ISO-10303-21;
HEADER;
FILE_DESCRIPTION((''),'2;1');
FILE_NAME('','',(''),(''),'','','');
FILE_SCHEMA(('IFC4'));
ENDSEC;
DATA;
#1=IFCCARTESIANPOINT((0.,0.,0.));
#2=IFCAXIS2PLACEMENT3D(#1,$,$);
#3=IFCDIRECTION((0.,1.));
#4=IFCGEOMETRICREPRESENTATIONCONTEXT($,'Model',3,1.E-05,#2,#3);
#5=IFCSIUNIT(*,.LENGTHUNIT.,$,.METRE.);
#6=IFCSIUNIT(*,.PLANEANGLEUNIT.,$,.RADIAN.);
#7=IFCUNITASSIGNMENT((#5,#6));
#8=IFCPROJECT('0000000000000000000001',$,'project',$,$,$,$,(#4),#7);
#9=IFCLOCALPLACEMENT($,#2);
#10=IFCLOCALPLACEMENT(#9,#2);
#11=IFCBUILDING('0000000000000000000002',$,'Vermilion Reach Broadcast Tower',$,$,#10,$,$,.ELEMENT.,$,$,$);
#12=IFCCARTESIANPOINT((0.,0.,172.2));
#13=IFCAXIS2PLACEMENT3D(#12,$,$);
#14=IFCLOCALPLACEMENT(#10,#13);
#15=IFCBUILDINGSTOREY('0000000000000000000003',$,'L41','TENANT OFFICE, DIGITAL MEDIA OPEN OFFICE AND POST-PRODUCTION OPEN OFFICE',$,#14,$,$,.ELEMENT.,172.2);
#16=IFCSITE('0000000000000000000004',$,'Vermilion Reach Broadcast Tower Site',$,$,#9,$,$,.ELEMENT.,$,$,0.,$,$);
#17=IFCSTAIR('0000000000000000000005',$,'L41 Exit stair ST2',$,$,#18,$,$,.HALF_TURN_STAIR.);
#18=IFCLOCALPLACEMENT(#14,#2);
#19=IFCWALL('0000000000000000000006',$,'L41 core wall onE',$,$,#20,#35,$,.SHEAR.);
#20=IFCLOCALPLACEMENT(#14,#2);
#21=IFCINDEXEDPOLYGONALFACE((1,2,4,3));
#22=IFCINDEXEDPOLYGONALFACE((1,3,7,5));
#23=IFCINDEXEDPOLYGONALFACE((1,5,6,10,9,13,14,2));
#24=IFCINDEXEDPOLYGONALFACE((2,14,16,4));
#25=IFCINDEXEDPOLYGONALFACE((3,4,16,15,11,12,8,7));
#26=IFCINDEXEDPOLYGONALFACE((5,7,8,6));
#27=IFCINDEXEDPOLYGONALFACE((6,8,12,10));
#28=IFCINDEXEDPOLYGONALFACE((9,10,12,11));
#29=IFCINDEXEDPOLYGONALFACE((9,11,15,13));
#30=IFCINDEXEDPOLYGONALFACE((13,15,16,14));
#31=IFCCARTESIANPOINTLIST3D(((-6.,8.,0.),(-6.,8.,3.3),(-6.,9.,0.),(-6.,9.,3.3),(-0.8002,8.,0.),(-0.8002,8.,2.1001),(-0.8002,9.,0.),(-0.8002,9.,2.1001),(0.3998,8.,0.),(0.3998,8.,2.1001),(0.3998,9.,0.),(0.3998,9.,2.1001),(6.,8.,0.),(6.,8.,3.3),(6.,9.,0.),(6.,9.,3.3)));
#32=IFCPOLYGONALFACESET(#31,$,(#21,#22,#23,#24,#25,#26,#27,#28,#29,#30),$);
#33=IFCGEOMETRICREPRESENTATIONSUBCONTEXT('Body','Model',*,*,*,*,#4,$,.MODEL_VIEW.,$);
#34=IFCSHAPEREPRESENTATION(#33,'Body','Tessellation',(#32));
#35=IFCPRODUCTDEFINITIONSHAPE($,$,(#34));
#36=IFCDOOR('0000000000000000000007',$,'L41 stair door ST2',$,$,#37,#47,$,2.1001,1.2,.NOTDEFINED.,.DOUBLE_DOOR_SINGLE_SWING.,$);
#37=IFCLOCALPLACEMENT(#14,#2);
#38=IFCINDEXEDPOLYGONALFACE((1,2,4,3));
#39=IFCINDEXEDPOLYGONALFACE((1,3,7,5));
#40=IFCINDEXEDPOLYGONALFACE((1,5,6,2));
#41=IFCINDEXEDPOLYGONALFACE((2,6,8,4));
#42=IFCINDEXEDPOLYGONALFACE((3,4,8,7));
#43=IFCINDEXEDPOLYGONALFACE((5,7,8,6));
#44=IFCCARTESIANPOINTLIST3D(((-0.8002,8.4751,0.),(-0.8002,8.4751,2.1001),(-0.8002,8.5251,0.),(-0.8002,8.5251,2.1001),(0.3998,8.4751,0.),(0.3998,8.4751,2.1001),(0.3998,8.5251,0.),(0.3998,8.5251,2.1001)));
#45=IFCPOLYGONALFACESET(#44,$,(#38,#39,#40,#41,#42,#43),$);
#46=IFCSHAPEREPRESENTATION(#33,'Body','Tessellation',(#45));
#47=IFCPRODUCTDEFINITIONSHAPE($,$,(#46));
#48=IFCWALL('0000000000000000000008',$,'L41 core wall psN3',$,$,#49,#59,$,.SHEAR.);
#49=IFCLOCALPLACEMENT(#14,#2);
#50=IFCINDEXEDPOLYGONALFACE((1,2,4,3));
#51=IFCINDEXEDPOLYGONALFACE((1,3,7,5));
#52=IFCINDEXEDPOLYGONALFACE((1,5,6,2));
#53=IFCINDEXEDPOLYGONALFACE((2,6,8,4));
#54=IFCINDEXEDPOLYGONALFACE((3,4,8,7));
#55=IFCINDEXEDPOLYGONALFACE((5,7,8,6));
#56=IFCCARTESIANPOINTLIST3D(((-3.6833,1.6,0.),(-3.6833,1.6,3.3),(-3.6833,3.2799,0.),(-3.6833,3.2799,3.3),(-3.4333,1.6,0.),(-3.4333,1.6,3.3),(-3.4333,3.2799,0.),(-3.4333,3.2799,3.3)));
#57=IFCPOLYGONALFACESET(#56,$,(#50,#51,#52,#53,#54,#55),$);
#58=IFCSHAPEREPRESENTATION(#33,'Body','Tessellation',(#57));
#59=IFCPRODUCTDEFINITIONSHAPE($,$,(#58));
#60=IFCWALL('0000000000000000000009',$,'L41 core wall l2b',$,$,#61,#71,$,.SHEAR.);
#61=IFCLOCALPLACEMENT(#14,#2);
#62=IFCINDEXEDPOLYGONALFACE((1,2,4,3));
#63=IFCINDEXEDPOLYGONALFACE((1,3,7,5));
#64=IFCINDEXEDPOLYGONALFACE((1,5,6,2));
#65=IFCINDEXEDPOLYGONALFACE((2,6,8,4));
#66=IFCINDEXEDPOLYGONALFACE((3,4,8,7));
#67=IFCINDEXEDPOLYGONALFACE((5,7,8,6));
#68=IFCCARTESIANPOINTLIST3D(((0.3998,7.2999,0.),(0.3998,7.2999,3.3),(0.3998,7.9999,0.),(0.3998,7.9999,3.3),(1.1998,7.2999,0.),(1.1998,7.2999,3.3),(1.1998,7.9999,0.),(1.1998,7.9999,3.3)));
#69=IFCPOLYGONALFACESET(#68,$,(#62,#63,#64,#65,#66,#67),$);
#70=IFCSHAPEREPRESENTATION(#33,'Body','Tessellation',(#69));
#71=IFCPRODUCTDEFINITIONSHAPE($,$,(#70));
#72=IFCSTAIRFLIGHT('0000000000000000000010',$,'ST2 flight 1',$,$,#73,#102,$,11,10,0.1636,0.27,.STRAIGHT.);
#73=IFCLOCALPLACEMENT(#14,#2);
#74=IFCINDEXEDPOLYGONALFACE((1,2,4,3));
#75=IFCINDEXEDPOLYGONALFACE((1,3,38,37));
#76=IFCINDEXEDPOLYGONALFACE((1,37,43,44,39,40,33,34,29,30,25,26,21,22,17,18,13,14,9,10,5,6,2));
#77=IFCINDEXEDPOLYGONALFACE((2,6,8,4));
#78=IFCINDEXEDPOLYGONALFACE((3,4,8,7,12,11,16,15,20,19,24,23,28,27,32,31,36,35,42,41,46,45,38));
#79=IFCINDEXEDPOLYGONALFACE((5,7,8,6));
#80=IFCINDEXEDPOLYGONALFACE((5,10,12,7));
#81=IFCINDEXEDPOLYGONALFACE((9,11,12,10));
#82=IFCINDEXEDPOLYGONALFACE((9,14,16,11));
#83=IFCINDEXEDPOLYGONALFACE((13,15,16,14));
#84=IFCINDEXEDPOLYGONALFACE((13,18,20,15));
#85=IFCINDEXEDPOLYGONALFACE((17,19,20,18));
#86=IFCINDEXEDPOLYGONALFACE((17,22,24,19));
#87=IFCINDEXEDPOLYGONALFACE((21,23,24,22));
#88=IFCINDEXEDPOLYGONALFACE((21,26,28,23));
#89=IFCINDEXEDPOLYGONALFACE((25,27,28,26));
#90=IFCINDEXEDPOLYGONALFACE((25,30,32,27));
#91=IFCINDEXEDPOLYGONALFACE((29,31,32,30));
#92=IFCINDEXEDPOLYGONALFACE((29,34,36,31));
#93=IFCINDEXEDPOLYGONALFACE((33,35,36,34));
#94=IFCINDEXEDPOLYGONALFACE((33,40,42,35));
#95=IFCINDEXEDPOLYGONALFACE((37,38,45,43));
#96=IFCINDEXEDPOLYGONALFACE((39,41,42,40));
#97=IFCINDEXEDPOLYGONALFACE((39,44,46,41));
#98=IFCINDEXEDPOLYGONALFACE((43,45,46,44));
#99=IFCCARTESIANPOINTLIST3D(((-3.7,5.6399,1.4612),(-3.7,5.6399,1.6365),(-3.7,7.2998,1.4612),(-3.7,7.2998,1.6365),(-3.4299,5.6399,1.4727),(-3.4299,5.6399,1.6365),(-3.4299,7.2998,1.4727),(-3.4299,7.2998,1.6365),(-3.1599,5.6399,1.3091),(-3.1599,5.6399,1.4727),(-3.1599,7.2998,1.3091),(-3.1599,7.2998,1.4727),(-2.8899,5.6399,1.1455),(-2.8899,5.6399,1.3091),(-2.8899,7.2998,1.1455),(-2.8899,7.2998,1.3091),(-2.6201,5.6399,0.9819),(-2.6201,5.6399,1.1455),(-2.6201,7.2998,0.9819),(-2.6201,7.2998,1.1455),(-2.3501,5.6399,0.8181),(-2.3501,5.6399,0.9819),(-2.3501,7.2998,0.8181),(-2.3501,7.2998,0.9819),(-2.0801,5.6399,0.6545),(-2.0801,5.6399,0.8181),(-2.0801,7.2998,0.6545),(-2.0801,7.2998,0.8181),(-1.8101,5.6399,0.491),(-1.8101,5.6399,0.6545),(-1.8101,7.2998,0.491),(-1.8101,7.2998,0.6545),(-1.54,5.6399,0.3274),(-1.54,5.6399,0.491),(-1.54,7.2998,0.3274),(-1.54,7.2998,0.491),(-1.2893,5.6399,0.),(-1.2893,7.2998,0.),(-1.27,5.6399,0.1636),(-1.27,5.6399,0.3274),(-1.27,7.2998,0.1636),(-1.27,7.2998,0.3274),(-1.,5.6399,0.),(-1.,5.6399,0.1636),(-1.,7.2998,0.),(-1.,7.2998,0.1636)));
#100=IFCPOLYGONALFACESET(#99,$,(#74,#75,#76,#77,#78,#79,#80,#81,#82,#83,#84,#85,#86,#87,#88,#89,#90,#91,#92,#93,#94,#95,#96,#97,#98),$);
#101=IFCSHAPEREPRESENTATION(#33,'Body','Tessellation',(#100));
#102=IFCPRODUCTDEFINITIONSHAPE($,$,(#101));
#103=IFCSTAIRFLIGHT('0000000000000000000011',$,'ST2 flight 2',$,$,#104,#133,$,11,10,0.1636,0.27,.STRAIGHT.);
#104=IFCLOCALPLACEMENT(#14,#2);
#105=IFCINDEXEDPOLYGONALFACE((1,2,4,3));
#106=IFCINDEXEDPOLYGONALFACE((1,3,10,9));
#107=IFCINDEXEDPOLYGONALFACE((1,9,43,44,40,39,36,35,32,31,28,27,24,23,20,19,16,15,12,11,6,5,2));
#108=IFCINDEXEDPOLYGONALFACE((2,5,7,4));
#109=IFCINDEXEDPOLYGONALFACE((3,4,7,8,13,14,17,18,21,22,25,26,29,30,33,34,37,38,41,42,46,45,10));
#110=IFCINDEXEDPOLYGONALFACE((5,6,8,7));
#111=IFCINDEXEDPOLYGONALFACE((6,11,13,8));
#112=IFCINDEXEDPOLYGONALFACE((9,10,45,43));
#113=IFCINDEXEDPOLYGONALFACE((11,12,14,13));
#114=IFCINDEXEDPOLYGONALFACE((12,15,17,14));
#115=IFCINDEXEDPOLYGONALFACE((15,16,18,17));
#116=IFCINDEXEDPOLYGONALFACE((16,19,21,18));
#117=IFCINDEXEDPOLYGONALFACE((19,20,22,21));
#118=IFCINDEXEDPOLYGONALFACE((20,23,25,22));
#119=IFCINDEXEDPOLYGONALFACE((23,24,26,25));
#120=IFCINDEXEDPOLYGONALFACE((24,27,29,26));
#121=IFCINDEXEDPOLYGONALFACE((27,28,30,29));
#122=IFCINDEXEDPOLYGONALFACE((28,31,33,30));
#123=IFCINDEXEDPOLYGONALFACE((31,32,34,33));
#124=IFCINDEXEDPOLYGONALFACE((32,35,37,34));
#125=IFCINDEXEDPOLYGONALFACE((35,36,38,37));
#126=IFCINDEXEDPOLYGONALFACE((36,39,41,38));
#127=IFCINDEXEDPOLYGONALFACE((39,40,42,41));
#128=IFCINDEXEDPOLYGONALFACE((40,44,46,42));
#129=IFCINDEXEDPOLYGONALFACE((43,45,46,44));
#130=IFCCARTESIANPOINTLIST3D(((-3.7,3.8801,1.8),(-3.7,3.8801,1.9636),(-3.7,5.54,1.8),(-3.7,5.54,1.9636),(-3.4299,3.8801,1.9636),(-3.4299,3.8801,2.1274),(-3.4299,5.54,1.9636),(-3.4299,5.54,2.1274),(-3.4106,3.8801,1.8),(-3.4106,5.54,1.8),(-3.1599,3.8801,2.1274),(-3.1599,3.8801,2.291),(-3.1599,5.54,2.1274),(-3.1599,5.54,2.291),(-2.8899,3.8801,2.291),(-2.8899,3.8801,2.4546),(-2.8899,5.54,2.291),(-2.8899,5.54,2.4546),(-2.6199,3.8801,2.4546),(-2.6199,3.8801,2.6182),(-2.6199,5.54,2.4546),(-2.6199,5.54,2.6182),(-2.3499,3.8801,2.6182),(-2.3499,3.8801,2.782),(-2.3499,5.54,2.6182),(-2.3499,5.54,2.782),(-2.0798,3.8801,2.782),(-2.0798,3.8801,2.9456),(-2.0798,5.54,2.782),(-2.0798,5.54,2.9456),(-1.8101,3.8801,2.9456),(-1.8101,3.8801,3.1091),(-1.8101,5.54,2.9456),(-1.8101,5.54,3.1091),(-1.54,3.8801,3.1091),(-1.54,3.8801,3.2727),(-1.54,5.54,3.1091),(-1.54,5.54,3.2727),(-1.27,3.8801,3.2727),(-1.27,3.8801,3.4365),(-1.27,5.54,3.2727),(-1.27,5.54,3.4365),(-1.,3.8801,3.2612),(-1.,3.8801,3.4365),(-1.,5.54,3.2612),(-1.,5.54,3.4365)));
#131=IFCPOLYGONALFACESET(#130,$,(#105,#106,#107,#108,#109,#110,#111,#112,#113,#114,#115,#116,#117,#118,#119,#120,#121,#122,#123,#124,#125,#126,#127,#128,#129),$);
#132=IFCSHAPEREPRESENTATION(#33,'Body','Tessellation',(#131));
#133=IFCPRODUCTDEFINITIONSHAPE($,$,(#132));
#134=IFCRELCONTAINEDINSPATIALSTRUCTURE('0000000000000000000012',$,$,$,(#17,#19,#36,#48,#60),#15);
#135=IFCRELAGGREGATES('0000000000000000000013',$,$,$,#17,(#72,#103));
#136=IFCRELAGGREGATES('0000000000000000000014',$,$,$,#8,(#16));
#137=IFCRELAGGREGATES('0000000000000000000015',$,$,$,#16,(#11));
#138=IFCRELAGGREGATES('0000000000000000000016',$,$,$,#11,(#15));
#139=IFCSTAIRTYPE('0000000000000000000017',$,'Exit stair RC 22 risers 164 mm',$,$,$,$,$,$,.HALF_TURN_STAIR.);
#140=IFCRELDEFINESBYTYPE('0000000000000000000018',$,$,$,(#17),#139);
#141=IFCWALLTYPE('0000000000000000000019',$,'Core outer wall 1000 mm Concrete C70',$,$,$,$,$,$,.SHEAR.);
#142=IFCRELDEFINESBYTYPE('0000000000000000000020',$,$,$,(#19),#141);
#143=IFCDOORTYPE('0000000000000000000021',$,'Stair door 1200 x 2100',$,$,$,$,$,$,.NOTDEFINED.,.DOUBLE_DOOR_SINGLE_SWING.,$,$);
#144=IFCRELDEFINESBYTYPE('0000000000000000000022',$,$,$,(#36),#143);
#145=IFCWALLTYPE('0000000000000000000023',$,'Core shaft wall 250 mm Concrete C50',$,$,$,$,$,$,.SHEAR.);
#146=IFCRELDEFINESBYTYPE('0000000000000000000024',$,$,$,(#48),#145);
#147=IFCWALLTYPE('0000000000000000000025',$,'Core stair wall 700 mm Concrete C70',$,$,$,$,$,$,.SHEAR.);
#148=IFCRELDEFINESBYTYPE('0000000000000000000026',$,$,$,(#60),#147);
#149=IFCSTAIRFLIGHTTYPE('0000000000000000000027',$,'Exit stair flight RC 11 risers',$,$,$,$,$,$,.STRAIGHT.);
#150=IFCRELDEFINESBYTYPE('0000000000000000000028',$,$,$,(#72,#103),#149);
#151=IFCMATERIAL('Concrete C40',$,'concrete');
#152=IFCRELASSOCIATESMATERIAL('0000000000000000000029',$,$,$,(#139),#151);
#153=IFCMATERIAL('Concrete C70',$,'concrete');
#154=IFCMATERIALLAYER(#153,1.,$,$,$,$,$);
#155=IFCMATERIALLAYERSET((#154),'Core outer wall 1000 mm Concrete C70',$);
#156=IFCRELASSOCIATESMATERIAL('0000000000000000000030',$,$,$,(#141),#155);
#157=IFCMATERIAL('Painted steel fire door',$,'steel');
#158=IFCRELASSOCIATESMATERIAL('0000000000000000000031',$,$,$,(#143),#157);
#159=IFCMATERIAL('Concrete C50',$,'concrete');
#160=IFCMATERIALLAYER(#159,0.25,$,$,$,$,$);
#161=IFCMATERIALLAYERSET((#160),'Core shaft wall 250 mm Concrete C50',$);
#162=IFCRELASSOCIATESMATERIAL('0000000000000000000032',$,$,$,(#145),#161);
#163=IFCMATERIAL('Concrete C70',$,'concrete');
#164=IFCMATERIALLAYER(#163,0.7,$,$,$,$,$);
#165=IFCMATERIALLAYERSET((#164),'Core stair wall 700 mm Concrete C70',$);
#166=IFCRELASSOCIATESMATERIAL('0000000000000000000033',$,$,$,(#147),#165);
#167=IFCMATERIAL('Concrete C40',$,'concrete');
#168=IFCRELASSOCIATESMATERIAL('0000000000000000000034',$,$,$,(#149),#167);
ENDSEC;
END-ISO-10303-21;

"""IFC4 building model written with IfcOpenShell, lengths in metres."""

from ifc_helpers import new_model, si_unit, direction, frame, frame_2d, origin, place, context, subcontext, project, spatial, polyline, rectangle, outline, extrude, material, layer, layer_set, type_object, element, fill, aggregate, save


model = new_model("IFC4")

# Units and contexts
model_context = context("Model", 3, precision=1e-05, world=origin(), true_north=direction((0.0, 1.0)))
body_context = subcontext(model_context, "Body", "Model", "MODEL_VIEW")
ifc_project = project(units=[si_unit("LENGTHUNIT", "METRE"), si_unit("PLANEANGLEUNIT", "RADIAN")], contexts=[model_context])

# Site, building, storey
site_placement = place(None, origin())
site = spatial("IfcSite", under=ifc_project, at=site_placement, Name="Vermilion Reach Broadcast Tower Site", CompositionType="ELEMENT", RefElevation=0.0)
building_placement = place(site_placement, origin())
building = spatial("IfcBuilding", under=site, at=building_placement, Name="Vermilion Reach Broadcast Tower", CompositionType="ELEMENT")
storey_placement = place(building_placement, frame((0.0, 0.0, 172.2)))
storey = spatial("IfcBuildingStorey", under=building, at=storey_placement, Name="L41", Description="TENANT OFFICE, DIGITAL MEDIA OPEN OFFICE AND POST-PRODUCTION OPEN OFFICE", CompositionType="ELEMENT", Elevation=172.2)

# Stair
ifc_material_1 = material(Name="Concrete C40", Category="concrete")
stair_type = type_object("IfcStairType", Name="Exit stair RC 22 risers 164 mm", PredefinedType="HALF_TURN_STAIR", material=ifc_material_1)
placement_1 = place(storey_placement, origin())
stair_1 = element("IfcStair", 1, at=placement_1, inside=storey, type_object=stair_type, Name="L41 Exit stair ST2", PredefinedType="HALF_TURN_STAIR")

# Wall, opening, door
ifc_material_2 = material(Name="Concrete C70", Category="concrete")
ifc_layer_1 = layer(ifc_material_2, 1.0)
ifc_layer_set_1 = layer_set([ifc_layer_1], Name="Core outer wall 1000 mm Concrete C70")
wall_type_1 = type_object("IfcWallType", Name="Core outer wall 1000 mm Concrete C70", PredefinedType="SHEAR", material=ifc_layer_set_1)
wall_1_placement = place(storey_placement, frame((6.0, 8.5, 0.0), z_axis=(0.0, 0.0, 1.0), x_axis=(-1.0, 0.0, 0.0)))
wall_1 = element("IfcWall", 2, at=wall_1_placement, inside=storey, type_object=wall_type_1, Name="L41 core wall onE", PredefinedType="SHEAR", context=body_context, shape_type="SweptSolid", body=[
    extrude(rectangle(XDim=12.0, YDim=1.0, at=frame_2d((6.0, 0.0))), origin(), (0.0, 0.0, 1.0), 3.3),
])
opening_placement = place(wall_1_placement, frame((5.6001, 0.0, 0.0)))
opening = element("IfcOpeningElement", 3, at=opening_placement, cuts=wall_1, PredefinedType="OPENING", context=body_context, shape_type="SweptSolid", body=[
    extrude(rectangle(XDim=1.2, YDim=2.1001, at=frame_2d((0.6001, 1.05))), frame((0.0, 0.51, 0.0), z_axis=(0.0, -1.0, 0.0), x_axis=(1.0, 0.0, 0.0)), (0.0, 0.0, 1.0), 1.02),
])
ifc_material_3 = material(Name="Painted steel fire door", Category="steel")
door_type = type_object("IfcDoorType", Name="Stair door 1200 x 2100", OperationType="DOUBLE_DOOR_SINGLE_SWING", PredefinedType="NOTDEFINED", material=ifc_material_3)
door_placement = place(opening_placement, origin())
door = element("IfcDoor", 4, at=door_placement, inside=storey, type_object=door_type, Name="L41 stair door ST2", OperationType="DOUBLE_DOOR_SINGLE_SWING", OverallHeight=2.1001, OverallWidth=1.2, PredefinedType="NOTDEFINED", context=body_context, shape_type="SweptSolid", body=[
    extrude(rectangle(XDim=1.2, YDim=2.1001, at=frame_2d((0.6001, 1.05))), frame((0.0, 0.0249, 0.0), z_axis=(0.0, -1.0, 0.0), x_axis=(1.0, 0.0, 0.0)), (0.0, 0.0, 1.0), 0.05),
])
fill(opening, door)

# Walls
ifc_material_4 = material(Name="Concrete C50", Category="concrete")
ifc_layer_2 = layer(ifc_material_4, 0.25)
ifc_layer_set_2 = layer_set([ifc_layer_2], Name="Core shaft wall 250 mm Concrete C50")
wall_type_2 = type_object("IfcWallType", Name="Core shaft wall 250 mm Concrete C50", PredefinedType="SHEAR", material=ifc_layer_set_2)
wall_2_placement = place(storey_placement, frame((-3.5583, 1.6001, 0.0), z_axis=(0.0, 0.0, 1.0), x_axis=(0.0, 1.0, 0.0)))
element("IfcWall", 5, at=wall_2_placement, inside=storey, type_object=wall_type_2, Name="L41 core wall psN3", PredefinedType="SHEAR", context=body_context, shape_type="SweptSolid", body=[
    extrude(rectangle(XDim=1.6799, YDim=0.25, at=frame_2d((0.8398, 0.0))), origin(), (0.0, 0.0, 1.0), 3.3),
])
ifc_material_5 = material(Name="Concrete C70", Category="concrete")
ifc_layer_3 = layer(ifc_material_5, 0.7)
ifc_layer_set_3 = layer_set([ifc_layer_3], Name="Core stair wall 700 mm Concrete C70")
wall_type_3 = type_object("IfcWallType", Name="Core stair wall 700 mm Concrete C70", PredefinedType="SHEAR", material=ifc_layer_set_3)
wall_3_placement = place(storey_placement, frame((0.3999, 7.6499, 0.0), z_axis=(0.0, 0.0, 1.0), x_axis=(1.0, 0.0, 0.0)))
element("IfcWall", 6, at=wall_3_placement, inside=storey, type_object=wall_type_3, Name="L41 core wall l2b", PredefinedType="SHEAR", context=body_context, shape_type="SweptSolid", body=[
    extrude(rectangle(XDim=0.8, YDim=0.7, at=frame_2d((0.3999, 0.0))), origin(), (0.0, 0.0, 1.0), 3.3),
])

# Stair flights
ifc_material_6 = material(Name="Concrete C40", Category="concrete")
stair_flight_type = type_object("IfcStairFlightType", Name="Exit stair flight RC 11 risers", PredefinedType="STRAIGHT", material=ifc_material_6)
stair_flight_1_placement = place(storey_placement, frame((-1.0, 6.47, 0.0), z_axis=(0.0, 0.0, 1.0), x_axis=(-1.0, 0.0, 0.0)))
stair_flight_1 = element("IfcStairFlight", 7, at=stair_flight_1_placement, type_object=stair_flight_type, Name="ST2 flight 1", NumberOfRisers=11, NumberOfTreads=10, PredefinedType="STRAIGHT", RiserHeight=0.1636, TreadLength=0.27, context=body_context, shape_type="SweptSolid", body=[
    extrude(outline(polyline([(0.0, 0.0), (0.0, 0.1636), (0.27, 0.1636), (0.27, 0.3274), (0.54, 0.3274), (0.54, 0.491), (0.8101, 0.491), (0.8101, 0.6545), (1.0801, 0.6545), (1.0801, 0.8181), (1.3501, 0.8181), (1.3501, 0.9819), (1.6201, 0.9819), (1.6201, 1.1455), (1.8899, 1.1455), (1.8899, 1.3091), (2.1599, 1.3091), (2.1599, 1.4727), (2.4299, 1.4727), (2.4299, 1.6365), (2.7, 1.6365), (2.7, 1.8), (2.7, 1.4612), (0.2893, 0.0), (0.0, 0.0)])), frame((0.0, 0.8301, 0.0), z_axis=(0.0, -1.0, 0.0), x_axis=(1.0, 0.0, 0.0)), (0.0, 0.0, 1.0), 1.6599),
])
stair_flight_2_placement = place(storey_placement, frame((-3.7, 4.71, 1.8), z_axis=(0.0, 0.0, 1.0), x_axis=(1.0, 0.0, 0.0)))
stair_flight_2 = element("IfcStairFlight", 8, at=stair_flight_2_placement, type_object=stair_flight_type, Name="ST2 flight 2", NumberOfRisers=11, NumberOfTreads=10, PredefinedType="STRAIGHT", RiserHeight=0.1636, TreadLength=0.27, context=body_context, shape_type="SweptSolid", body=[
    extrude(outline(polyline([(0.0, 0.0), (0.0, 0.1636), (0.27, 0.1636), (0.27, 0.3274), (0.54, 0.3274), (0.54, 0.491), (0.8101, 0.491), (0.8101, 0.6545), (1.0801, 0.6545), (1.0801, 0.8181), (1.3501, 0.8181), (1.3501, 0.9819), (1.6201, 0.9819), (1.6201, 1.1455), (1.8899, 1.1455), (1.8899, 1.3091), (2.1599, 1.3091), (2.1599, 1.4727), (2.4299, 1.4727), (2.4299, 1.6365), (2.7, 1.6365), (2.7, 1.8), (2.7, 1.4612), (0.2893, 0.0), (0.0, 0.0)])), frame((0.0, 0.8301, 0.0), z_axis=(0.0, -1.0, 0.0), x_axis=(1.0, 0.0, 0.0)), (0.0, 0.0, 1.0), 1.6599),
])
aggregate(stair_1, [stair_flight_1, stair_flight_2])

save(model, "model.ifc")
